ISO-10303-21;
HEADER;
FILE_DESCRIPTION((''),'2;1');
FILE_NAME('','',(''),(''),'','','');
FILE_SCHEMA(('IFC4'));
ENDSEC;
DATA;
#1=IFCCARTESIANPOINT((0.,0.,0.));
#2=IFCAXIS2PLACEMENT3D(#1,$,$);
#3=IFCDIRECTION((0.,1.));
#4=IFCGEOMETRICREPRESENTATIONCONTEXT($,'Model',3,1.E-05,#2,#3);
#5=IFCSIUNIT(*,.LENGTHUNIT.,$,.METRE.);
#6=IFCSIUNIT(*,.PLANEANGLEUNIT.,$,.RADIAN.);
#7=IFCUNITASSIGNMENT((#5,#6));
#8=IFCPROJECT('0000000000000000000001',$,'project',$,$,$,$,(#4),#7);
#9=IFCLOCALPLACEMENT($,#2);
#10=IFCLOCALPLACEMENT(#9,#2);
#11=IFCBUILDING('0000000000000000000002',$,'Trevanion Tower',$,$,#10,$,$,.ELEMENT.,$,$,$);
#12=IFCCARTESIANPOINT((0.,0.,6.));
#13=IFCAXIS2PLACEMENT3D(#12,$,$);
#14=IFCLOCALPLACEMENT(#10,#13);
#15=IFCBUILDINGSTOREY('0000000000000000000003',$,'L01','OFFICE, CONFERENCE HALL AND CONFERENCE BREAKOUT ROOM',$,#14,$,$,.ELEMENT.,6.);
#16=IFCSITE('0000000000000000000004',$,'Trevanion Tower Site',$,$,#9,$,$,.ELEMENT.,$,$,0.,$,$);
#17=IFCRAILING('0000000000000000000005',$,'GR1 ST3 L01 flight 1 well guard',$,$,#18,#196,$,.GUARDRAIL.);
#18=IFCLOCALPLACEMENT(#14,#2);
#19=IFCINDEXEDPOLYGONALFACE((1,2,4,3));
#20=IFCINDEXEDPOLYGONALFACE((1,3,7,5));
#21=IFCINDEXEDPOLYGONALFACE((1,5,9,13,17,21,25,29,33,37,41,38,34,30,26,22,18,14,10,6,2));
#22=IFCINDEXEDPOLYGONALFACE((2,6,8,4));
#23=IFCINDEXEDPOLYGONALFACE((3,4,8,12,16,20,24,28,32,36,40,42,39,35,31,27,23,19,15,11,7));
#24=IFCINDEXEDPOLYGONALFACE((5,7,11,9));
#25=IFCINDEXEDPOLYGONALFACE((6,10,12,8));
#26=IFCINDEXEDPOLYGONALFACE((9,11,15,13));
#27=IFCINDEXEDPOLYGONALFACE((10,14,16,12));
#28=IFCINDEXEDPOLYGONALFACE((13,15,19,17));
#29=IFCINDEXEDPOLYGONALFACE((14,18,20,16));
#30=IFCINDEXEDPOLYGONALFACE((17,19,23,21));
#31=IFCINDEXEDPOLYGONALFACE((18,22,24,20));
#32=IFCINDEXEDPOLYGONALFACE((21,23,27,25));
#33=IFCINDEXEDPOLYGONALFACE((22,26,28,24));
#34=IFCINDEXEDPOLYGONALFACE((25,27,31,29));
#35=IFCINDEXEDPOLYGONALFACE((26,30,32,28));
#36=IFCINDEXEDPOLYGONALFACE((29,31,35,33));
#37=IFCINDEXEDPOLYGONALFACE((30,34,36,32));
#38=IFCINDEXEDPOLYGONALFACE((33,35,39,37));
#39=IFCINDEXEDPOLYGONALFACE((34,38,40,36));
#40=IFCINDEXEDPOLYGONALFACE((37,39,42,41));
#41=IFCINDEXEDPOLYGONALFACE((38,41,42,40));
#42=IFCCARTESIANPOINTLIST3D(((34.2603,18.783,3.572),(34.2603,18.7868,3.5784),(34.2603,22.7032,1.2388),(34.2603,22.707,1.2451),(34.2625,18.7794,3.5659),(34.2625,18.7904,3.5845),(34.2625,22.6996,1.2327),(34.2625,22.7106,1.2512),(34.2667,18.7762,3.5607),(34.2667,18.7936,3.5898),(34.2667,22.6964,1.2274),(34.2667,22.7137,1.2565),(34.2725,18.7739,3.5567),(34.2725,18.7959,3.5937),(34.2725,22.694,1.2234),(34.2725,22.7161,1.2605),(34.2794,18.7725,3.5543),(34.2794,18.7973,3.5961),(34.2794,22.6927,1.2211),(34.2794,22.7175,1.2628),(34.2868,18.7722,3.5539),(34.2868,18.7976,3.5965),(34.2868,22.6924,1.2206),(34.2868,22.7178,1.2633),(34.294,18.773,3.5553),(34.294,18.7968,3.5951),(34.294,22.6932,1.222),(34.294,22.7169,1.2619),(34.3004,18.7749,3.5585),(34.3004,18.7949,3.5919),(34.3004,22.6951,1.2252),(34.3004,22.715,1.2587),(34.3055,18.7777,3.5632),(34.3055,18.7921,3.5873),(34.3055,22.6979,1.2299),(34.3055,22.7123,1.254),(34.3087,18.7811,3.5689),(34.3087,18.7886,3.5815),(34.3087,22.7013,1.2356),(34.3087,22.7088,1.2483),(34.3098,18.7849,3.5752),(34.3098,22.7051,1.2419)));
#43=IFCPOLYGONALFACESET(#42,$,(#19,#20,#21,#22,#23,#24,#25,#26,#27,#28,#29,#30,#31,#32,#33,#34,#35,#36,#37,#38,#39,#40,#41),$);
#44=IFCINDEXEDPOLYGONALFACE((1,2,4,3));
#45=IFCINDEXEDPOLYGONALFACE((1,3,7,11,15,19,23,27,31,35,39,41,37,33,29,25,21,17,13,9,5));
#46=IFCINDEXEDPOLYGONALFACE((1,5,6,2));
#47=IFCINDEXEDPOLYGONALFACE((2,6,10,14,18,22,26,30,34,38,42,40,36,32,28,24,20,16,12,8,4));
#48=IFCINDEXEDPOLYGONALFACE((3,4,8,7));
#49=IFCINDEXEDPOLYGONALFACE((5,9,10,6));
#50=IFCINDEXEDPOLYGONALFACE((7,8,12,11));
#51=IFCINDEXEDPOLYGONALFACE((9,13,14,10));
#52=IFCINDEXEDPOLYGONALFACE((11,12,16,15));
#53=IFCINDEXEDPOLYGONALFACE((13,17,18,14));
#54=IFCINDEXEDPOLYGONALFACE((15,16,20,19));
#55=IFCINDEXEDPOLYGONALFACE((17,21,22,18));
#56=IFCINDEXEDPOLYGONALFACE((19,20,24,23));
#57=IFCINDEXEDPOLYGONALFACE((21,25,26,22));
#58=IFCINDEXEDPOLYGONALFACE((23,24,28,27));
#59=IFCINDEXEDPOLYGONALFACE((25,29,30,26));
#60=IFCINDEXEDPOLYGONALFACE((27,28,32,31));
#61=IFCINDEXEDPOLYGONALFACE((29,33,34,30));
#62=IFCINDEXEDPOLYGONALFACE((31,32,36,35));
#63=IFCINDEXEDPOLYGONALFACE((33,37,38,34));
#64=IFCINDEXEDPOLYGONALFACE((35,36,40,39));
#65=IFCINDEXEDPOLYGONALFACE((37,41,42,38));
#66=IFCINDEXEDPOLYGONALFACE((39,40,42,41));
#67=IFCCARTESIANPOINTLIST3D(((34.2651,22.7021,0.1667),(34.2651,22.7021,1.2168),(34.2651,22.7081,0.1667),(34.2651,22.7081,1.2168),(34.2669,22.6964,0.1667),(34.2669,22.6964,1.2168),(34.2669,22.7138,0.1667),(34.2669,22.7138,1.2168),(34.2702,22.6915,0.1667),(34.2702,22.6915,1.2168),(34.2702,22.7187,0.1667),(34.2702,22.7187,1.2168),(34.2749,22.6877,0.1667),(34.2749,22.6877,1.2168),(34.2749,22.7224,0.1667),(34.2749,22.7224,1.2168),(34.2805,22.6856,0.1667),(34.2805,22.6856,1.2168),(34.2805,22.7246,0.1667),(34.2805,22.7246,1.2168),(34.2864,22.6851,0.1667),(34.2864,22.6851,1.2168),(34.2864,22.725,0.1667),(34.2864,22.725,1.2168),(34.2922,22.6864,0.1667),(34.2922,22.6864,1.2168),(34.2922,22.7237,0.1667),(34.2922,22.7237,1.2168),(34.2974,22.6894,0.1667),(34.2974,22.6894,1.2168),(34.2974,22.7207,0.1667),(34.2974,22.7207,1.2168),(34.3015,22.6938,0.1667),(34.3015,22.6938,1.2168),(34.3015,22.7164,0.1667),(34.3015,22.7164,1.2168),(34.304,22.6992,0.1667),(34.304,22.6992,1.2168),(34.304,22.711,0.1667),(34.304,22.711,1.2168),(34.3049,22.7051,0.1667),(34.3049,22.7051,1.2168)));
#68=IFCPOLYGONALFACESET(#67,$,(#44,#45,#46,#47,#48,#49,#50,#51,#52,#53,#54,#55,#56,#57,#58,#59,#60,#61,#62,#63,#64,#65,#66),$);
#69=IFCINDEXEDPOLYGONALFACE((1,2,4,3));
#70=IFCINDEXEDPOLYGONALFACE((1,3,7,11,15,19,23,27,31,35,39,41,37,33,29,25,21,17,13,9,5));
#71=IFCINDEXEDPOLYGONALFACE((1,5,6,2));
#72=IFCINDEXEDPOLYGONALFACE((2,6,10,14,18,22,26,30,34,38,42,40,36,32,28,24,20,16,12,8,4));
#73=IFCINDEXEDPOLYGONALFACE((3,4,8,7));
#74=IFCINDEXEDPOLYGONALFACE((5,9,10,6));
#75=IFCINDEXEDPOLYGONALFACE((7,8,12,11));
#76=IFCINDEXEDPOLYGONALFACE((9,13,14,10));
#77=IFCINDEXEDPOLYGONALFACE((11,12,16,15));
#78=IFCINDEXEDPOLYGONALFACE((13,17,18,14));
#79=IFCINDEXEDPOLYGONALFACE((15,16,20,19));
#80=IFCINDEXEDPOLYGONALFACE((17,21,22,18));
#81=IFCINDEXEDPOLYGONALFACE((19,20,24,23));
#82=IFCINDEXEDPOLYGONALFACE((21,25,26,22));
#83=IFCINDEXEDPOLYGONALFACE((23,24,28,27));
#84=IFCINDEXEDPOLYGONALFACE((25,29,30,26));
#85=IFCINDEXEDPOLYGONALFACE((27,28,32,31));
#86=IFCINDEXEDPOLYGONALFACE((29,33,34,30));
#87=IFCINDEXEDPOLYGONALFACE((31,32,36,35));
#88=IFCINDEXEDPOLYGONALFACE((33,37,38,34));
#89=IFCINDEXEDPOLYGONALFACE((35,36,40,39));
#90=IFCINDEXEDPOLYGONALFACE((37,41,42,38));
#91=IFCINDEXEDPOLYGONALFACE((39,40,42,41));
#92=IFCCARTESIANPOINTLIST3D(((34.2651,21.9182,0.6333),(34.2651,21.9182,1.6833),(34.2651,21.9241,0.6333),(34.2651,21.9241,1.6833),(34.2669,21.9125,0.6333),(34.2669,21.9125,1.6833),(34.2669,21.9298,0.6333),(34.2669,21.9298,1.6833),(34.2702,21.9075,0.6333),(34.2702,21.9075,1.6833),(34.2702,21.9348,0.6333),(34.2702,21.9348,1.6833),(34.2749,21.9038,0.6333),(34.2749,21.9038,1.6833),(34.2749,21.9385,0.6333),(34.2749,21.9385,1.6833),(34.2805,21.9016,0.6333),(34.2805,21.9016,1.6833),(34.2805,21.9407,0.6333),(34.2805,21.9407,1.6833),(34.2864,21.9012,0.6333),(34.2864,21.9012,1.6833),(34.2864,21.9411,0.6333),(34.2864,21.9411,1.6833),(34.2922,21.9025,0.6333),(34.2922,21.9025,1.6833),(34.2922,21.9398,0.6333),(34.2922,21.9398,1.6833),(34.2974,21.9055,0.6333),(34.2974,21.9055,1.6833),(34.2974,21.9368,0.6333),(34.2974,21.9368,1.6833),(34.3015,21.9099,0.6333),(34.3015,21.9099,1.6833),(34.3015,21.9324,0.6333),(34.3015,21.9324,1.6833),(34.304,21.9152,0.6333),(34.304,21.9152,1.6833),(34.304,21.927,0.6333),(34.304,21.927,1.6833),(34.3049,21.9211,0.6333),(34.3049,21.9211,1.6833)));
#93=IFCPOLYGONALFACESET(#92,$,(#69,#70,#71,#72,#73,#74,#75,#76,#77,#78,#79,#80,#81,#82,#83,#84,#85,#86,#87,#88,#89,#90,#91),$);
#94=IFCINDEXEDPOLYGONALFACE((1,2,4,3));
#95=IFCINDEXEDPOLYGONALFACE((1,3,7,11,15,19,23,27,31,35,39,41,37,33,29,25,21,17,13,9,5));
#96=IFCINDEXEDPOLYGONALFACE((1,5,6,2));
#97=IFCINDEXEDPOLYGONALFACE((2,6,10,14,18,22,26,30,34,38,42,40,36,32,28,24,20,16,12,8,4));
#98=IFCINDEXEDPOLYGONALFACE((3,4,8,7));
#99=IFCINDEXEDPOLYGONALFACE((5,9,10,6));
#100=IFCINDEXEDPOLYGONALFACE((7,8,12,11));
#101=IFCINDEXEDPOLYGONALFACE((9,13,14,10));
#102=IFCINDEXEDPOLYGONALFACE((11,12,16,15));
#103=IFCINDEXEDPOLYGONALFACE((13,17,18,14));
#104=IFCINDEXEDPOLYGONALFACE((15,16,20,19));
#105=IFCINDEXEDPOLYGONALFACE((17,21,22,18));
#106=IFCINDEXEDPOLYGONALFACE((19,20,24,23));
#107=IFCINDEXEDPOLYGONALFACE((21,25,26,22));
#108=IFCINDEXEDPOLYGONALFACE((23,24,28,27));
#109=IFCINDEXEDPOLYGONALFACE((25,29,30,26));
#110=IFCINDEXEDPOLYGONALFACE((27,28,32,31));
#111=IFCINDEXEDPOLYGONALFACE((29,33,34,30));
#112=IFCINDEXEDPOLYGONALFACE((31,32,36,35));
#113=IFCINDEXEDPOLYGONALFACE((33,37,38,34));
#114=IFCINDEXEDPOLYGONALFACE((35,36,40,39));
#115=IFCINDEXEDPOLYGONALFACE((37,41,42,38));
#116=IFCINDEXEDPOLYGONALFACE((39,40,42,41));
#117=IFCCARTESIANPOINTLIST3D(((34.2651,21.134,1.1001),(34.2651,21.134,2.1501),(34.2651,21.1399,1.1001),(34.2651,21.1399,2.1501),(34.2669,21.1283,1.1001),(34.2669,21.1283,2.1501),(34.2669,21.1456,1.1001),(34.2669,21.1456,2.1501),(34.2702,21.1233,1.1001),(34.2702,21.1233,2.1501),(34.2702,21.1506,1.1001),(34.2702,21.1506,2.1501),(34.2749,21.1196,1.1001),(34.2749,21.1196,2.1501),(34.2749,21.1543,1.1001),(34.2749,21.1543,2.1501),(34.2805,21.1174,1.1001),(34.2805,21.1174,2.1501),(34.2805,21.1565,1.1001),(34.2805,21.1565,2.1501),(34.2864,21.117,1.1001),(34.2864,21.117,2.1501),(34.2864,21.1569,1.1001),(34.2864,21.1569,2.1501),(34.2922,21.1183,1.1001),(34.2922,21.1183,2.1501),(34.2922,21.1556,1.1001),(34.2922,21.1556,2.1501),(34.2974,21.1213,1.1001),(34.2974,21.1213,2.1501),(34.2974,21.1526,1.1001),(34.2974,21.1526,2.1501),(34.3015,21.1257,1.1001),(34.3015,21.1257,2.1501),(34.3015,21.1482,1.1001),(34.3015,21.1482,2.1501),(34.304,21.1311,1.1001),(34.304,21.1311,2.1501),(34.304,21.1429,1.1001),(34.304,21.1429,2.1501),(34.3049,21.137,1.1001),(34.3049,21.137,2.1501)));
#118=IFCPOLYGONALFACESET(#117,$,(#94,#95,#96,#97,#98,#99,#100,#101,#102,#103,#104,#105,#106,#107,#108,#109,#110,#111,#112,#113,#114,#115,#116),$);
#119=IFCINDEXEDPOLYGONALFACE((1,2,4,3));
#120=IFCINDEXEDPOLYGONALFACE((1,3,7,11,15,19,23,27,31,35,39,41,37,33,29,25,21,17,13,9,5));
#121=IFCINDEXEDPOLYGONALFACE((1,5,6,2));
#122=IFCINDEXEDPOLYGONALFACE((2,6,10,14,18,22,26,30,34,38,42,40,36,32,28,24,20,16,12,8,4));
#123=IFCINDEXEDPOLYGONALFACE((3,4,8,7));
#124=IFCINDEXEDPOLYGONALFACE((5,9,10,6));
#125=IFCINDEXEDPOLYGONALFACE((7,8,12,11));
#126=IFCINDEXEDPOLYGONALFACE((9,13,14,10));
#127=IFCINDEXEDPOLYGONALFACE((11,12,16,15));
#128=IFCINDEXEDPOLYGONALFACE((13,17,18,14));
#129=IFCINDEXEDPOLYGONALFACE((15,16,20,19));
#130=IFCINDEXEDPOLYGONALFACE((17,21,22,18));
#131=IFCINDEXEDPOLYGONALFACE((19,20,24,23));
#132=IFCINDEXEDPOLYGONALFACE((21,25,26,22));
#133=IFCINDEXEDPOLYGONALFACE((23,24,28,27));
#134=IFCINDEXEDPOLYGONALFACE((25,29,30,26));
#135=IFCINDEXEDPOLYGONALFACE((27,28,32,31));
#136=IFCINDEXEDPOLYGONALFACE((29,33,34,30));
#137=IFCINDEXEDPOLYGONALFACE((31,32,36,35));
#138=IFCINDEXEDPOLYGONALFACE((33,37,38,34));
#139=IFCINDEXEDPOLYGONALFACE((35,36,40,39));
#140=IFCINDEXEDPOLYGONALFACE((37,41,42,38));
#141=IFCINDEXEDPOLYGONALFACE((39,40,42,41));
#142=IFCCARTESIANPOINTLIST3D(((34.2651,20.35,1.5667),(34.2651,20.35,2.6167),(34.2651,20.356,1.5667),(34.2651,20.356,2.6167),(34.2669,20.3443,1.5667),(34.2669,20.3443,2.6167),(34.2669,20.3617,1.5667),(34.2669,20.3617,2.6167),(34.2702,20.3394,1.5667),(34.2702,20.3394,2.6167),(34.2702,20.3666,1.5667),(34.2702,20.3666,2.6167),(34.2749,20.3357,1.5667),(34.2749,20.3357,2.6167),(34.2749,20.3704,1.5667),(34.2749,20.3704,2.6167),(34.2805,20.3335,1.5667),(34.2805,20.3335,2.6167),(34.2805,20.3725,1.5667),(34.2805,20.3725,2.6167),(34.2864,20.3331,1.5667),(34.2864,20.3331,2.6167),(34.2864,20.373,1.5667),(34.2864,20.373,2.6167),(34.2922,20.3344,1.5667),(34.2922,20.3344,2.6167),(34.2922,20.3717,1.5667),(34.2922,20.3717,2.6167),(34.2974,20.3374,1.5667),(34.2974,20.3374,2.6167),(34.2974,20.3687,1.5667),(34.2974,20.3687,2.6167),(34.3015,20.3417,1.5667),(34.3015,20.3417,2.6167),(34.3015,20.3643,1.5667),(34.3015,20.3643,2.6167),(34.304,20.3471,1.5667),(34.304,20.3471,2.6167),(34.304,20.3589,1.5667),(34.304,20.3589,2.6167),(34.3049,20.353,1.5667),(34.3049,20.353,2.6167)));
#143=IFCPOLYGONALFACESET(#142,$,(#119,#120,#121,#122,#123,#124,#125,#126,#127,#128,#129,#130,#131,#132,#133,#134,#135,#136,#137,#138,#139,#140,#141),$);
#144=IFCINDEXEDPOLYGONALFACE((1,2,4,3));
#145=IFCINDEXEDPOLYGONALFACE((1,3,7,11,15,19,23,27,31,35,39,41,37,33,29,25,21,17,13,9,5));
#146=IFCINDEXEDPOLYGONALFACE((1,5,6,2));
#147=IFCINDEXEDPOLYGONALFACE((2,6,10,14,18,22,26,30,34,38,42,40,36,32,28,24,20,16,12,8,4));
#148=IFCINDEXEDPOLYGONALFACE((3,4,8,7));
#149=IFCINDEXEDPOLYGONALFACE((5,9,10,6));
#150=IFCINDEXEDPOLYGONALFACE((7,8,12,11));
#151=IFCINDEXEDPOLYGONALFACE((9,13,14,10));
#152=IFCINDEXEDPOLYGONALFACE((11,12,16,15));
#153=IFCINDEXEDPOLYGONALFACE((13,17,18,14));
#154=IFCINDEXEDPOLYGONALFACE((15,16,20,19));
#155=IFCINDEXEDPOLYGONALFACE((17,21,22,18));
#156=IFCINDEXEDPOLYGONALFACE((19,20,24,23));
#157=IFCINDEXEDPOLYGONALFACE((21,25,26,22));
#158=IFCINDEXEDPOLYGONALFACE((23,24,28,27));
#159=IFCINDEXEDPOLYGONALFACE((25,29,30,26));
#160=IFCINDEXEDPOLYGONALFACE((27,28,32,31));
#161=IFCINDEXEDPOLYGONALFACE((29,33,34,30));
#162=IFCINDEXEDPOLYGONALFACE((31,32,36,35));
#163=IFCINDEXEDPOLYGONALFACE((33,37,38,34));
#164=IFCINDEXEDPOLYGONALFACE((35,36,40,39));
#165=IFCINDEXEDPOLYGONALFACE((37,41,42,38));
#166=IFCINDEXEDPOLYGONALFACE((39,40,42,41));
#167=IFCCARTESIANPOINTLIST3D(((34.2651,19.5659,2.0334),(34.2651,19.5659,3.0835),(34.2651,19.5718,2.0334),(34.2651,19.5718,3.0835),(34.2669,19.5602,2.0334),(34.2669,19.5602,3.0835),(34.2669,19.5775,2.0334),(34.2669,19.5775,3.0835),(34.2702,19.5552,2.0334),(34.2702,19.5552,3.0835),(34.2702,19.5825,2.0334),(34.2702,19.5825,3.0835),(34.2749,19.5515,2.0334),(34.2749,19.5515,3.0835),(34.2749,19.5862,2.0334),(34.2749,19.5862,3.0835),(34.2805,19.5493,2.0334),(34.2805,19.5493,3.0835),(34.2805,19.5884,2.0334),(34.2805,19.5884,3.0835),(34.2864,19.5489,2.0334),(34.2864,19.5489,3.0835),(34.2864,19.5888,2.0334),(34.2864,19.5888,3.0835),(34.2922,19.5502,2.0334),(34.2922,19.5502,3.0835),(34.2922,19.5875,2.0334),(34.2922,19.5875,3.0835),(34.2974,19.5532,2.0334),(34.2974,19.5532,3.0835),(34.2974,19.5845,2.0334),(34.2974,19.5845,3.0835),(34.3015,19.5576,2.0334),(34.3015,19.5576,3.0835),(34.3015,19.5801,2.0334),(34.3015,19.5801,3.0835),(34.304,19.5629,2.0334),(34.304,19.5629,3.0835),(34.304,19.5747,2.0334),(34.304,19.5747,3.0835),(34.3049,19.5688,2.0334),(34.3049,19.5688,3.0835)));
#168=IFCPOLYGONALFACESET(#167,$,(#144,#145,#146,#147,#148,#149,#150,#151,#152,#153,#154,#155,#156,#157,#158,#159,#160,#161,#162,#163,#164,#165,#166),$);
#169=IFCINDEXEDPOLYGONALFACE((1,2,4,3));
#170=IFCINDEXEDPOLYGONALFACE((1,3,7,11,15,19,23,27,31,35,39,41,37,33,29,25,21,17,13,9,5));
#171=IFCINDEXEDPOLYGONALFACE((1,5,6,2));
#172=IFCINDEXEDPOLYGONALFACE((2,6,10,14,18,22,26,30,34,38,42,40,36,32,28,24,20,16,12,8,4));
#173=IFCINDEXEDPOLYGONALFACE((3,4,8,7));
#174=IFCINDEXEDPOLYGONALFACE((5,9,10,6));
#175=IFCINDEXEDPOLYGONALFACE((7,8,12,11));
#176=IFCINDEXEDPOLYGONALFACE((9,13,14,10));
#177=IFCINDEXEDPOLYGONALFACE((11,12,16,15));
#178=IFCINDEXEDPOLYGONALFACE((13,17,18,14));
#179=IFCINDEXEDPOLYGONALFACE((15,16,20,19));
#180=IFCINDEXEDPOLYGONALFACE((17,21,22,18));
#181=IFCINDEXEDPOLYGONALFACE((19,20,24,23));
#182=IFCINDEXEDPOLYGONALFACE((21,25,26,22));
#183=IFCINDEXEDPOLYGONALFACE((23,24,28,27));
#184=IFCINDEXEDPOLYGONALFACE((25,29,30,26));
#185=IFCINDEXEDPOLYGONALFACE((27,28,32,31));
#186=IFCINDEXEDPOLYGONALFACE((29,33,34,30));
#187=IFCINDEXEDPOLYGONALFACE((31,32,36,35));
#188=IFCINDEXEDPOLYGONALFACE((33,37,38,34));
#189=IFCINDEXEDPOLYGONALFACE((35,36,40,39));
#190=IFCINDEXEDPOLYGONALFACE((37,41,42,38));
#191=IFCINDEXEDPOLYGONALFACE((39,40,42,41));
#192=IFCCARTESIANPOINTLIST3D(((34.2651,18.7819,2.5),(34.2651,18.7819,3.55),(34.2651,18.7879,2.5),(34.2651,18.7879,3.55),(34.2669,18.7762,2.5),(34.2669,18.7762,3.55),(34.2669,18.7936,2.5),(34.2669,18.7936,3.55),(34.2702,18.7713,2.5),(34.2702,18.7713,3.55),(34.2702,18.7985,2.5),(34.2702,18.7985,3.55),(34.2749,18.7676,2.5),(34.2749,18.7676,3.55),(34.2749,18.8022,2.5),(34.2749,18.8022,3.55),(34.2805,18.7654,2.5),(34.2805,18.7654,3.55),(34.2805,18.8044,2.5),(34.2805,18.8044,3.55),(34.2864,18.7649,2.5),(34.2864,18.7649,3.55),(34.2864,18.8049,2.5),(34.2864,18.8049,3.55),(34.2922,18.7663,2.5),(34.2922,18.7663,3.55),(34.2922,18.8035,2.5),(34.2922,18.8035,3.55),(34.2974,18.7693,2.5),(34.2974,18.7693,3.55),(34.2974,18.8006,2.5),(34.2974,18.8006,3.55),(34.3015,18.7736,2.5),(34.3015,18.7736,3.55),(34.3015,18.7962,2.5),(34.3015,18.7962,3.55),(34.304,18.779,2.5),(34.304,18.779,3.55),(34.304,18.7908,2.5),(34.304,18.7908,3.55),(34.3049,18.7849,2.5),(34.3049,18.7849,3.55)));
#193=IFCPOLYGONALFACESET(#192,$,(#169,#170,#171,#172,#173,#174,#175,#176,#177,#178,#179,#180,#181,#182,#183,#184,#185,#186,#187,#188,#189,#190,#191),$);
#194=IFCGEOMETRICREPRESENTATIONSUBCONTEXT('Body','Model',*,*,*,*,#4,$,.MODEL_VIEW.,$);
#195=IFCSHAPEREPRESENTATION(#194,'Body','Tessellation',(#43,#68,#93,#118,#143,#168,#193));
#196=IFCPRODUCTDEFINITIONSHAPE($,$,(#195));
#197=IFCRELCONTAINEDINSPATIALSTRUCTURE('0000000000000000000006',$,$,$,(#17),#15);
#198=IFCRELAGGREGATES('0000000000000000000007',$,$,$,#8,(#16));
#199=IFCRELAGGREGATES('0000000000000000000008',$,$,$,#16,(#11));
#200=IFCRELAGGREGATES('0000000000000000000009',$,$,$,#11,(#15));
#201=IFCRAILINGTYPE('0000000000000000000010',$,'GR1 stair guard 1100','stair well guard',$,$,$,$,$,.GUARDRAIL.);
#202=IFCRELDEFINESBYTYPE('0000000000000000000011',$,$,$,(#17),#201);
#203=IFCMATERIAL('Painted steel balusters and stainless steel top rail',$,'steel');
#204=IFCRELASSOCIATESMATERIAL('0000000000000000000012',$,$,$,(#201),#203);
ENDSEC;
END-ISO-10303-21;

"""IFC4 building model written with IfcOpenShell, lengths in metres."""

from ifc_helpers import new_model, si_unit, direction, frame, origin, origin_2d, place, context, subcontext, project, spatial, circle, extrude, material, type_object, element, save


model = new_model("IFC4")

# Units and contexts
model_context = context("Model", 3, precision=1e-05, world=origin(), true_north=direction((0.0, 1.0)))
body_context = subcontext(model_context, "Body", "Model", "MODEL_VIEW")
ifc_project = project(units=[si_unit("LENGTHUNIT", "METRE"), si_unit("PLANEANGLEUNIT", "RADIAN")], contexts=[model_context])

# Site, building, storey
site_placement = place(None, origin())
site = spatial("IfcSite", under=ifc_project, at=site_placement, Name="Trevanion Tower Site", CompositionType="ELEMENT", RefElevation=0.0)
building_placement = place(site_placement, origin())
building = spatial("IfcBuilding", under=site, at=building_placement, Name="Trevanion Tower", CompositionType="ELEMENT")
storey_placement = place(building_placement, frame((0.0, 0.0, 6.0)))
storey = spatial("IfcBuildingStorey", under=building, at=storey_placement, Name="L01", Description="OFFICE, CONFERENCE HALL AND CONFERENCE BREAKOUT ROOM", CompositionType="ELEMENT", Elevation=6.0)

# Railing
ifc_material_1 = material(Name="Painted steel balusters and stainless steel top rail", Category="steel")
railing_type_1 = type_object("IfcRailingType", Name="GR1 stair guard 1100", Description="stair well guard", PredefinedType="GUARDRAIL", material=ifc_material_1)
railing_1_placement = place(storey_placement, frame((34.2849, 22.7051, 0.1667)))
element("IfcRailing", 1, at=railing_1_placement, inside=storey, type_object=railing_type_1, Name="GR1 ST3 L01 flight 1 well guard", PredefinedType="GUARDRAIL", context=body_context, shape_type="SweptSolid", body=[
    extrude(circle(Radius=0.0249, at=origin_2d()), frame((0.0, 0.0, 1.0752), z_axis=(0.0, -0.85931, 0.511455), x_axis=(1.0, 0.0, 0.0)), (0.0, 0.0, 1.0), 4.562),
    extrude(circle(Radius=0.02, at=origin_2d()), origin(), (0.0, 0.0, 1.0), 1.05),
    extrude(circle(Radius=0.02, at=origin_2d()), frame((0.0, -0.7839, 0.4666)), (0.0, 0.0, 1.0), 1.05),
    extrude(circle(Radius=0.02, at=origin_2d()), frame((0.0, -1.5681, 0.9333)), (0.0, 0.0, 1.0), 1.05),
    extrude(circle(Radius=0.02, at=origin_2d()), frame((0.0, -2.3521, 1.3999)), (0.0, 0.0, 1.0), 1.05),
    extrude(circle(Radius=0.02, at=origin_2d()), frame((0.0, -3.1362, 1.8667)), (0.0, 0.0, 1.0), 1.05),
    extrude(circle(Radius=0.02, at=origin_2d()), frame((0.0, -3.9202, 2.3333)), (0.0, 0.0, 1.0), 1.05),
])

save(model, "model.ifc")
